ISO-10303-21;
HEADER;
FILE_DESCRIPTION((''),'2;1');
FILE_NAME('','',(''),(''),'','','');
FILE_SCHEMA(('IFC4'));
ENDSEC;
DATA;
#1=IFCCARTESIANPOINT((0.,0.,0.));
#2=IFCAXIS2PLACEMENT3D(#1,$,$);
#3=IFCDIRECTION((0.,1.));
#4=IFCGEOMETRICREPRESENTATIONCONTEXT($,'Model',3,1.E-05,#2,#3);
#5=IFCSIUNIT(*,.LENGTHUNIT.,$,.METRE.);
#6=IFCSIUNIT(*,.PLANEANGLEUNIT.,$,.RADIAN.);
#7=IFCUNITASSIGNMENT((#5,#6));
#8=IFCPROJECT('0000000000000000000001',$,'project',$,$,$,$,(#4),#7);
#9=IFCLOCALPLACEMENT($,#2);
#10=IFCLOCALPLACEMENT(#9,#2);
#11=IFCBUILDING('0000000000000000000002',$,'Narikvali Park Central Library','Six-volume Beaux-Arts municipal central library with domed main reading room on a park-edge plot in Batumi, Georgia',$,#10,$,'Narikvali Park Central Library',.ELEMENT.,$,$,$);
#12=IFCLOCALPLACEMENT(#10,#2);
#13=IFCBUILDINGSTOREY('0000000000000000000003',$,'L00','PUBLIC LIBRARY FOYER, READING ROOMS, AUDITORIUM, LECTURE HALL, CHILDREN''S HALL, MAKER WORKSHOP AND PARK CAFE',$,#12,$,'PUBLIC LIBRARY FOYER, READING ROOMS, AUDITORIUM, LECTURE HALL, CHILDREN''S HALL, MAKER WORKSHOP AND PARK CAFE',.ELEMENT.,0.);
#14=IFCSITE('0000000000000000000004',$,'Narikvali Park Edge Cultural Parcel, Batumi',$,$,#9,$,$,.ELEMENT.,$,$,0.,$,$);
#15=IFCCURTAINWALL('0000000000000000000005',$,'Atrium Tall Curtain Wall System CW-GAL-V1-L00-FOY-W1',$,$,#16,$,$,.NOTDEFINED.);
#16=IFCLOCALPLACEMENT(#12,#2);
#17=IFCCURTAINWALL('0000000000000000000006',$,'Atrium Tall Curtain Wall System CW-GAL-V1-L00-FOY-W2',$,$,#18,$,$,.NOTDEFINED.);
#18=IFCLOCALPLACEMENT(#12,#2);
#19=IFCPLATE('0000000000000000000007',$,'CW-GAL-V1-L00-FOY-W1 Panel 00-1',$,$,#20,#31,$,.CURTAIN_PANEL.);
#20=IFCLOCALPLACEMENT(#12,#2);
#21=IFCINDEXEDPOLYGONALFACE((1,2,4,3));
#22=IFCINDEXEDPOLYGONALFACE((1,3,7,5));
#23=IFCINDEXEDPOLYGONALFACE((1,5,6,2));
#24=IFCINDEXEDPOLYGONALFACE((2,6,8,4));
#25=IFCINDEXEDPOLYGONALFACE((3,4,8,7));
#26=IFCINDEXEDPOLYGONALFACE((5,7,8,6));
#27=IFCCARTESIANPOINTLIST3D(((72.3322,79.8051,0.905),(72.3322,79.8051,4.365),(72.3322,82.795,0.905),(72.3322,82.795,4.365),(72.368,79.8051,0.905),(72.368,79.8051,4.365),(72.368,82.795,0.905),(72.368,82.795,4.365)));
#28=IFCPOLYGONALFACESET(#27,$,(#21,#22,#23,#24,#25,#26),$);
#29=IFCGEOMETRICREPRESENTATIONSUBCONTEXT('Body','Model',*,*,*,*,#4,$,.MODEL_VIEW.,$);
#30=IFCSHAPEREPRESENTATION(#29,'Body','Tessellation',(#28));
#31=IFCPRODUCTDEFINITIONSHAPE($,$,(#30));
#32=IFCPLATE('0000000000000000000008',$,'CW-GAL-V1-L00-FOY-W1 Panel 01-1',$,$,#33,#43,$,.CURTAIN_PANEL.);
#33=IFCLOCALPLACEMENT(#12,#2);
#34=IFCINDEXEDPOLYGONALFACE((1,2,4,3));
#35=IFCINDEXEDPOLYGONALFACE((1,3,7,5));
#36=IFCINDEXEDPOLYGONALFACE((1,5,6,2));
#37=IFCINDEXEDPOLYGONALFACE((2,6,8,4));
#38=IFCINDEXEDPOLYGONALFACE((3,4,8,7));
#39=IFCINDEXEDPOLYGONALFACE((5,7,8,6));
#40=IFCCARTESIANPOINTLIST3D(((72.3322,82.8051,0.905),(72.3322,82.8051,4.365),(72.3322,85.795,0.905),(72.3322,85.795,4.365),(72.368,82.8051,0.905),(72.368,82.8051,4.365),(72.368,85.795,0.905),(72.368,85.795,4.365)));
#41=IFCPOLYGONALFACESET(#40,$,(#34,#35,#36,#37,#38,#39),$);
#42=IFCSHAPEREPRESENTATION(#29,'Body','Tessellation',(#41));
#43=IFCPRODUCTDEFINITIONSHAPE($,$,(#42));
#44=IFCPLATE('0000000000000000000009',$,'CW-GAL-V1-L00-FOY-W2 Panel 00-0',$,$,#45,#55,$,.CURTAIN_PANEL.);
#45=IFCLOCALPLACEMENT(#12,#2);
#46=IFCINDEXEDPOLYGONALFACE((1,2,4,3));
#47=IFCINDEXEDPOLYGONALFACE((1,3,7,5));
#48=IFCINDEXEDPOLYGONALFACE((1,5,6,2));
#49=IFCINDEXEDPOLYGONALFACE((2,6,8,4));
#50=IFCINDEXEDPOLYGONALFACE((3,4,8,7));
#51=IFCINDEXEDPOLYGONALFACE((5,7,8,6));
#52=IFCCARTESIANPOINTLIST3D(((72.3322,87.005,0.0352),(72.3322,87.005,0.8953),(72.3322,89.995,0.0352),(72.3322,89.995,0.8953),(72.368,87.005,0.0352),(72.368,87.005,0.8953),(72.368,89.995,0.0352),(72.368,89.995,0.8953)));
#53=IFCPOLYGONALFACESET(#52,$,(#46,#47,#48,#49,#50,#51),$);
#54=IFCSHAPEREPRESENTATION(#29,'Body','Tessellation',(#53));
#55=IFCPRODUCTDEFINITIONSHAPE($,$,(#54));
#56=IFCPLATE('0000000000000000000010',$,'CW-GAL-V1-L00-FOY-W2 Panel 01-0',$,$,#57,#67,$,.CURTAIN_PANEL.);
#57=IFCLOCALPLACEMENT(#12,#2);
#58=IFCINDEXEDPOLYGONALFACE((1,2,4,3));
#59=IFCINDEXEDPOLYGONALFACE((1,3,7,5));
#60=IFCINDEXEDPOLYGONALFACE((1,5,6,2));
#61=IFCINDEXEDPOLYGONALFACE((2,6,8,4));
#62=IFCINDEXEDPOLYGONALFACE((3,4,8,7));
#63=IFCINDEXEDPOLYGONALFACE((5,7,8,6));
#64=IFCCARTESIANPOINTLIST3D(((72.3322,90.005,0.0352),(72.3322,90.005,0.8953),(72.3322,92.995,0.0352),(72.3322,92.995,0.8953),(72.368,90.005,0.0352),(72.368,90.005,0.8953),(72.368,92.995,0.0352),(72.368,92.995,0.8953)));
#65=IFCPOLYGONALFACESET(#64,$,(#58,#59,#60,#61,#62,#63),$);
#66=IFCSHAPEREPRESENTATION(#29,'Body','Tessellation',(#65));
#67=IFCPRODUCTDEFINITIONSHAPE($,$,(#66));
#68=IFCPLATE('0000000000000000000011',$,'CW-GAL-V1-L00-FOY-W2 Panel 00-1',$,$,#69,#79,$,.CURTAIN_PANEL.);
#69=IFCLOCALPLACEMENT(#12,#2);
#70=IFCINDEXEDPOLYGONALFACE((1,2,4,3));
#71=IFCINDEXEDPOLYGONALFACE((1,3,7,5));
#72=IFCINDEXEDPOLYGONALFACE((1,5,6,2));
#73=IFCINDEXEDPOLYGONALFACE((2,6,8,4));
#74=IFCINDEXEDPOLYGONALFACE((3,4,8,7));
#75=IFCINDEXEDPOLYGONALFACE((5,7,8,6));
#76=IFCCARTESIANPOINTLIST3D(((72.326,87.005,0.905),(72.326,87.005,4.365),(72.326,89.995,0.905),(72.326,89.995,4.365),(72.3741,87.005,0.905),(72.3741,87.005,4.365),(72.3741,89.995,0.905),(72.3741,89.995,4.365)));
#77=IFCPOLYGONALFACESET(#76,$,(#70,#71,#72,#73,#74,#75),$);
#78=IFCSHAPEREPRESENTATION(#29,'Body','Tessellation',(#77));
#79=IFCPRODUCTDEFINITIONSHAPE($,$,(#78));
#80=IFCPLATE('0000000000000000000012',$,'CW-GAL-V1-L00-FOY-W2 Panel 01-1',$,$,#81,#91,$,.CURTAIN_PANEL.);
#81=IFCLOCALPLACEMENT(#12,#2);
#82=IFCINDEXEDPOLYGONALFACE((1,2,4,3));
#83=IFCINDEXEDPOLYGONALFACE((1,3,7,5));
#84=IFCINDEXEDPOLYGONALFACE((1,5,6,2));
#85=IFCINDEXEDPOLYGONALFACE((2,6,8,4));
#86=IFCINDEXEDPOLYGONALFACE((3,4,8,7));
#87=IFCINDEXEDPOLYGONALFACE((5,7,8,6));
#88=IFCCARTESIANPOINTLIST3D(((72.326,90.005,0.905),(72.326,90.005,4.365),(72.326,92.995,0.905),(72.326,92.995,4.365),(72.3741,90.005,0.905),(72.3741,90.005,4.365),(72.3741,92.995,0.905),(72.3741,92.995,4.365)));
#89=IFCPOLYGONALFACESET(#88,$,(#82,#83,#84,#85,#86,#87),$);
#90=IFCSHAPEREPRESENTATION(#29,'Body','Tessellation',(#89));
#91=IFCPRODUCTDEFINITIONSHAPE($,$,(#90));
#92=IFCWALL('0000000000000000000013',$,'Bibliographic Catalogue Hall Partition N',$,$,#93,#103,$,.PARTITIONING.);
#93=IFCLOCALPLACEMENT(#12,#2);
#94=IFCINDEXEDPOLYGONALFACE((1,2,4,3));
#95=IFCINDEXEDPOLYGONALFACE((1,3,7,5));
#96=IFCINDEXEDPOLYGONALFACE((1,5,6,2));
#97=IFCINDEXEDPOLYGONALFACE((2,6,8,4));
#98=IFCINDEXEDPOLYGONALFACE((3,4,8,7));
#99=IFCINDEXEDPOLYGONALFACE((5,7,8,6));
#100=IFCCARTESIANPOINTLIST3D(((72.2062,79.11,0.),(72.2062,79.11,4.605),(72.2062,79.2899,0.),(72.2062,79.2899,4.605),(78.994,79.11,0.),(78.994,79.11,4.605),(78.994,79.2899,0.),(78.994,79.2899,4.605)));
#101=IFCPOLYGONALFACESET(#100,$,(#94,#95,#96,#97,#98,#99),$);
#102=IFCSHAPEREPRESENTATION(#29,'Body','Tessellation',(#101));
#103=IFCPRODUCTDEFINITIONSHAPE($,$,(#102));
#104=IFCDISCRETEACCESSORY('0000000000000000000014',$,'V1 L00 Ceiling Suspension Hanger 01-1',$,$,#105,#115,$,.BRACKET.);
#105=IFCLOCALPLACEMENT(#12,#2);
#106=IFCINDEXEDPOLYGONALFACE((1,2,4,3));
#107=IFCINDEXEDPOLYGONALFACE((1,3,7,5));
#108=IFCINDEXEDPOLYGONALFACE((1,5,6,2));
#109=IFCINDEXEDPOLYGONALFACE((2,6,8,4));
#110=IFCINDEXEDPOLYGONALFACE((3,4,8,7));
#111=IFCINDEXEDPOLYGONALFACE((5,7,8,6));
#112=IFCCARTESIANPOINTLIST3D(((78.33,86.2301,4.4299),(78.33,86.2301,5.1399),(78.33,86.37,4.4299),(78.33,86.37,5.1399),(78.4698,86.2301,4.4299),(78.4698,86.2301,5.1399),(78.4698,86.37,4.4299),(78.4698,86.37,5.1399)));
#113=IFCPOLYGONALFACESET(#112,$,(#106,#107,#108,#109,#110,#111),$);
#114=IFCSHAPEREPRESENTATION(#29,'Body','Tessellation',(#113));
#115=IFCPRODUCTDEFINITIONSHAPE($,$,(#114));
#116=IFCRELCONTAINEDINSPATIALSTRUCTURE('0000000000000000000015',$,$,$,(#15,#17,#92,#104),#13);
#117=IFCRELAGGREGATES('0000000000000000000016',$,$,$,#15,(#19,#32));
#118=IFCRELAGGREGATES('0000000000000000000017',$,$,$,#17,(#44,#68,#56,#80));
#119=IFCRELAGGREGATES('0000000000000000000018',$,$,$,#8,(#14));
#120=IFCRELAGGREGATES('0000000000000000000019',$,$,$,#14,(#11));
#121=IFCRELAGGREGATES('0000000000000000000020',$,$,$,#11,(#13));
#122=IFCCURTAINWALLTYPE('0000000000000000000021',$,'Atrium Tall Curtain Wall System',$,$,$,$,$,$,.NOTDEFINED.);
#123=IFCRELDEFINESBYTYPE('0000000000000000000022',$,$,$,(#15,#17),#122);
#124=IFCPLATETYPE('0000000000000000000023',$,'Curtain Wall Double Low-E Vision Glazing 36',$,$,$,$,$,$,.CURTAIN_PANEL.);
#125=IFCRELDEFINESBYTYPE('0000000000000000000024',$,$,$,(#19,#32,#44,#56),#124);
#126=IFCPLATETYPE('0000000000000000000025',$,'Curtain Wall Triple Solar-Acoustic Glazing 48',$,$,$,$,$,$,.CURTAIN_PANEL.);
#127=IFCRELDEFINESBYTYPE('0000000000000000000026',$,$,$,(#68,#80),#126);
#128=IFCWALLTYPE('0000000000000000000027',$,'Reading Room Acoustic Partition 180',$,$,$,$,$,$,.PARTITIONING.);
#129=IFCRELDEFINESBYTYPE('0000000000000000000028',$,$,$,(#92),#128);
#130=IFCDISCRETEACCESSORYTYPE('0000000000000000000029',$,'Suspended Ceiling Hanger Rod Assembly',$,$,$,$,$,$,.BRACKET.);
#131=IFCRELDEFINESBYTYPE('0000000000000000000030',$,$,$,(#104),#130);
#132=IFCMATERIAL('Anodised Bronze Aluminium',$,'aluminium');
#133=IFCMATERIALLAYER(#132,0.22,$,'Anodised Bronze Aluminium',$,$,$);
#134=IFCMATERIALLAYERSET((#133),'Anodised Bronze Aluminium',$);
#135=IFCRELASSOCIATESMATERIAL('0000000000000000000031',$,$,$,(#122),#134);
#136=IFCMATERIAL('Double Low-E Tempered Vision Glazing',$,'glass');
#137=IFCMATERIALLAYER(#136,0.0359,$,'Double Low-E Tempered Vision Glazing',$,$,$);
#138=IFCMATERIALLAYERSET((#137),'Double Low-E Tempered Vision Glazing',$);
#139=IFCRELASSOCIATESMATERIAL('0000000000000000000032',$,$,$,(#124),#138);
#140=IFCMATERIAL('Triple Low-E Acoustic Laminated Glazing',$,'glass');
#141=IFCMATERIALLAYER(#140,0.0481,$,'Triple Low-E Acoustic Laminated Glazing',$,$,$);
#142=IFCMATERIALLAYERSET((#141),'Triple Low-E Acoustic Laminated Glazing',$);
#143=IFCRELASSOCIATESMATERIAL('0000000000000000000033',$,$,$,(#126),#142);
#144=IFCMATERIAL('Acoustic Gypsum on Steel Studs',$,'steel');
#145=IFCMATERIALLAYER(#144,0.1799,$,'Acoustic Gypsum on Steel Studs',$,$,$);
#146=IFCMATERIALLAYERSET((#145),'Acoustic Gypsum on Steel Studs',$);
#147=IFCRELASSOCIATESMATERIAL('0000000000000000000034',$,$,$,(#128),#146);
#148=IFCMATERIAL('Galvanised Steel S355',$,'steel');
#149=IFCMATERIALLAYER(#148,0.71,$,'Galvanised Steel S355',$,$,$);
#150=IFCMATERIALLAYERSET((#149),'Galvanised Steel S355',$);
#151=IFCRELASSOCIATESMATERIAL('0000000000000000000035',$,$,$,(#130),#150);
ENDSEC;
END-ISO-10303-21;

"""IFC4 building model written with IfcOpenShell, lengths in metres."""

from ifc_helpers import new_model, si_unit, direction, frame, frame_2d, origin, origin_2d, place, context, subcontext, project, spatial, rectangle, extrude, material, layer, layer_set, type_object, element, aggregate, save


model = new_model("IFC4")

# Units and contexts
model_context = context("Model", 3, precision=1e-05, world=origin(), true_north=direction((0.0, 1.0)))
body_context = subcontext(model_context, "Body", "Model", "MODEL_VIEW")
ifc_project = project(units=[si_unit("LENGTHUNIT", "METRE"), si_unit("PLANEANGLEUNIT", "RADIAN")], contexts=[model_context])

# Site, building, storey
site_placement = place(None, origin())
site = spatial("IfcSite", under=ifc_project, at=site_placement, Name="Narikvali Park Edge Cultural Parcel, Batumi", CompositionType="ELEMENT", RefElevation=0.0)
building_placement = place(site_placement, origin())
building = spatial("IfcBuilding", under=site, at=building_placement, Name="Narikvali Park Central Library", Description="Six-volume Beaux-Arts municipal central library with domed main reading room on a park-edge plot in Batumi, Georgia", LongName="Narikvali Park Central Library", CompositionType="ELEMENT")
storey_placement = place(building_placement, origin())
storey = spatial("IfcBuildingStorey", under=building, at=storey_placement, Name="L00", Description="PUBLIC LIBRARY FOYER, READING ROOMS, AUDITORIUM, LECTURE HALL, CHILDREN'S HALL, MAKER WORKSHOP AND PARK CAFE", LongName="PUBLIC LIBRARY FOYER, READING ROOMS, AUDITORIUM, LECTURE HALL, CHILDREN'S HALL, MAKER WORKSHOP AND PARK CAFE", CompositionType="ELEMENT", Elevation=0.0)

# Curtain walls
ifc_material_1 = material(Name="Anodised Bronze Aluminium", Category="aluminium")
ifc_layer_1 = layer(ifc_material_1, 0.22, Name="Anodised Bronze Aluminium")
ifc_layer_set_1 = layer_set([ifc_layer_1], Name="Anodised Bronze Aluminium")
curtain_wall_type = type_object("IfcCurtainWallType", Name="Atrium Tall Curtain Wall System", PredefinedType="NOTDEFINED", material=ifc_layer_set_1)
curtain_wall_1_placement = place(storey_placement, origin())
curtain_wall_1 = element("IfcCurtainWall", 1, at=curtain_wall_1_placement, inside=storey, type_object=curtain_wall_type, Name="Atrium Tall Curtain Wall System CW-GAL-V1-L00-FOY-W1", PredefinedType="NOTDEFINED")
curtain_wall_2_placement = place(storey_placement, origin())
curtain_wall_2 = element("IfcCurtainWall", 2, at=curtain_wall_2_placement, inside=storey, type_object=curtain_wall_type, Name="Atrium Tall Curtain Wall System CW-GAL-V1-L00-FOY-W2", PredefinedType="NOTDEFINED")

# Plates
ifc_material_2 = material(Name="Double Low-E Tempered Vision Glazing", Category="glass")
ifc_layer_2 = layer(ifc_material_2, 0.0359, Name="Double Low-E Tempered Vision Glazing")
ifc_layer_set_2 = layer_set([ifc_layer_2], Name="Double Low-E Tempered Vision Glazing")
plate_type_1 = type_object("IfcPlateType", Name="Curtain Wall Double Low-E Vision Glazing 36", PredefinedType="CURTAIN_PANEL", material=ifc_layer_set_2)
plate_1_placement = place(storey_placement, frame((72.3501, 81.3, 0.905), z_axis=(0.0, 0.0, 1.0), x_axis=(0.0, 1.0, 0.0)))
plate_1 = element("IfcPlate", 3, at=plate_1_placement, type_object=plate_type_1, Name="CW-GAL-V1-L00-FOY-W1 Panel 00-1", PredefinedType="CURTAIN_PANEL", context=body_context, shape_type="SweptSolid", body=[
    extrude(rectangle(XDim=2.99, YDim=0.0359, at=origin_2d()), origin(), (0.0, 0.0, 1.0), 3.46),
])
plate_2_placement = place(storey_placement, frame((72.3501, 84.3, 0.905), z_axis=(0.0, 0.0, 1.0), x_axis=(0.0, 1.0, 0.0)))
plate_2 = element("IfcPlate", 4, at=plate_2_placement, type_object=plate_type_1, Name="CW-GAL-V1-L00-FOY-W1 Panel 01-1", PredefinedType="CURTAIN_PANEL", context=body_context, shape_type="SweptSolid", body=[
    extrude(rectangle(XDim=2.99, YDim=0.0359, at=origin_2d()), origin(), (0.0, 0.0, 1.0), 3.46),
])
aggregate(curtain_wall_1, [plate_1, plate_2])
plate_3_placement = place(storey_placement, frame((72.3501, 88.5, 0.0352), z_axis=(0.0, 0.0, 1.0), x_axis=(0.0, 1.0, 0.0)))
plate_3 = element("IfcPlate", 5, at=plate_3_placement, type_object=plate_type_1, Name="CW-GAL-V1-L00-FOY-W2 Panel 00-0", PredefinedType="CURTAIN_PANEL", context=body_context, shape_type="SweptSolid", body=[
    extrude(rectangle(XDim=2.99, YDim=0.0359, at=origin_2d()), origin(), (0.0, 0.0, 1.0), 0.8601),
])
plate_4_placement = place(storey_placement, frame((72.3501, 91.5, 0.0352), z_axis=(0.0, 0.0, 1.0), x_axis=(0.0, 1.0, 0.0)))
plate_4 = element("IfcPlate", 6, at=plate_4_placement, type_object=plate_type_1, Name="CW-GAL-V1-L00-FOY-W2 Panel 01-0", PredefinedType="CURTAIN_PANEL", context=body_context, shape_type="SweptSolid", body=[
    extrude(rectangle(XDim=2.99, YDim=0.0359, at=origin_2d()), origin(), (0.0, 0.0, 1.0), 0.8601),
])
ifc_material_3 = material(Name="Triple Low-E Acoustic Laminated Glazing", Category="glass")
ifc_layer_3 = layer(ifc_material_3, 0.0481, Name="Triple Low-E Acoustic Laminated Glazing")
ifc_layer_set_3 = layer_set([ifc_layer_3], Name="Triple Low-E Acoustic Laminated Glazing")
plate_type_2 = type_object("IfcPlateType", Name="Curtain Wall Triple Solar-Acoustic Glazing 48", PredefinedType="CURTAIN_PANEL", material=ifc_layer_set_3)
plate_5_placement = place(storey_placement, frame((72.3501, 88.5, 0.905), z_axis=(0.0, 0.0, 1.0), x_axis=(0.0, 1.0, 0.0)))
plate_5 = element("IfcPlate", 7, at=plate_5_placement, type_object=plate_type_2, Name="CW-GAL-V1-L00-FOY-W2 Panel 00-1", PredefinedType="CURTAIN_PANEL", context=body_context, shape_type="SweptSolid", body=[
    extrude(rectangle(XDim=2.99, YDim=0.0481, at=origin_2d()), origin(), (0.0, 0.0, 1.0), 3.46),
])
plate_6_placement = place(storey_placement, frame((72.3501, 91.5, 0.905), z_axis=(0.0, 0.0, 1.0), x_axis=(0.0, 1.0, 0.0)))
plate_6 = element("IfcPlate", 8, at=plate_6_placement, type_object=plate_type_2, Name="CW-GAL-V1-L00-FOY-W2 Panel 01-1", PredefinedType="CURTAIN_PANEL", context=body_context, shape_type="SweptSolid", body=[
    extrude(rectangle(XDim=2.99, YDim=0.0481, at=origin_2d()), origin(), (0.0, 0.0, 1.0), 3.46),
])
aggregate(curtain_wall_2, [plate_3, plate_5, plate_4, plate_6])

# Wall
ifc_material_4 = material(Name="Acoustic Gypsum on Steel Studs", Category="steel")
ifc_layer_4 = layer(ifc_material_4, 0.1799, Name="Acoustic Gypsum on Steel Studs")
ifc_layer_set_4 = layer_set([ifc_layer_4], Name="Acoustic Gypsum on Steel Studs")
wall_type = type_object("IfcWallType", Name="Reading Room Acoustic Partition 180", PredefinedType="PARTITIONING", material=ifc_layer_set_4)
wall_placement = place(storey_placement, frame((72.2061, 79.2, 0.0), z_axis=(0.0, 0.0, 1.0), x_axis=(1.0, 0.0, 0.0)))
element("IfcWall", 9, at=wall_placement, inside=storey, type_object=wall_type, Name="Bibliographic Catalogue Hall Partition N", PredefinedType="PARTITIONING", context=body_context, shape_type="SweptSolid", body=[
    extrude(rectangle(XDim=6.7878, YDim=0.1799, at=frame_2d((3.394, 0.0))), origin(), (0.0, 0.0, 1.0), 4.605),
])

# Discrete accessory
ifc_material_5 = material(Name="Galvanised Steel S355", Category="steel")
ifc_layer_5 = layer(ifc_material_5, 0.71, Name="Galvanised Steel S355")
ifc_layer_set_5 = layer_set([ifc_layer_5], Name="Galvanised Steel S355")
discrete_accessory_type = type_object("IfcDiscreteAccessoryType", Name="Suspended Ceiling Hanger Rod Assembly", PredefinedType="BRACKET", material=ifc_layer_set_5)
discrete_accessory_placement = place(storey_placement, frame((78.3999, 86.3, 4.4299), z_axis=(0.0, 0.0, 1.0), x_axis=(1.0, 0.0, 0.0)))
element("IfcDiscreteAccessory", 10, at=discrete_accessory_placement, inside=storey, type_object=discrete_accessory_type, Name="V1 L00 Ceiling Suspension Hanger 01-1", PredefinedType="BRACKET", context=body_context, shape_type="SweptSolid", body=[
    extrude(rectangle(XDim=0.1399, YDim=0.1399, at=origin_2d()), origin(), (0.0, 0.0, 1.0), 0.71),
])

save(model, "model.ifc")
